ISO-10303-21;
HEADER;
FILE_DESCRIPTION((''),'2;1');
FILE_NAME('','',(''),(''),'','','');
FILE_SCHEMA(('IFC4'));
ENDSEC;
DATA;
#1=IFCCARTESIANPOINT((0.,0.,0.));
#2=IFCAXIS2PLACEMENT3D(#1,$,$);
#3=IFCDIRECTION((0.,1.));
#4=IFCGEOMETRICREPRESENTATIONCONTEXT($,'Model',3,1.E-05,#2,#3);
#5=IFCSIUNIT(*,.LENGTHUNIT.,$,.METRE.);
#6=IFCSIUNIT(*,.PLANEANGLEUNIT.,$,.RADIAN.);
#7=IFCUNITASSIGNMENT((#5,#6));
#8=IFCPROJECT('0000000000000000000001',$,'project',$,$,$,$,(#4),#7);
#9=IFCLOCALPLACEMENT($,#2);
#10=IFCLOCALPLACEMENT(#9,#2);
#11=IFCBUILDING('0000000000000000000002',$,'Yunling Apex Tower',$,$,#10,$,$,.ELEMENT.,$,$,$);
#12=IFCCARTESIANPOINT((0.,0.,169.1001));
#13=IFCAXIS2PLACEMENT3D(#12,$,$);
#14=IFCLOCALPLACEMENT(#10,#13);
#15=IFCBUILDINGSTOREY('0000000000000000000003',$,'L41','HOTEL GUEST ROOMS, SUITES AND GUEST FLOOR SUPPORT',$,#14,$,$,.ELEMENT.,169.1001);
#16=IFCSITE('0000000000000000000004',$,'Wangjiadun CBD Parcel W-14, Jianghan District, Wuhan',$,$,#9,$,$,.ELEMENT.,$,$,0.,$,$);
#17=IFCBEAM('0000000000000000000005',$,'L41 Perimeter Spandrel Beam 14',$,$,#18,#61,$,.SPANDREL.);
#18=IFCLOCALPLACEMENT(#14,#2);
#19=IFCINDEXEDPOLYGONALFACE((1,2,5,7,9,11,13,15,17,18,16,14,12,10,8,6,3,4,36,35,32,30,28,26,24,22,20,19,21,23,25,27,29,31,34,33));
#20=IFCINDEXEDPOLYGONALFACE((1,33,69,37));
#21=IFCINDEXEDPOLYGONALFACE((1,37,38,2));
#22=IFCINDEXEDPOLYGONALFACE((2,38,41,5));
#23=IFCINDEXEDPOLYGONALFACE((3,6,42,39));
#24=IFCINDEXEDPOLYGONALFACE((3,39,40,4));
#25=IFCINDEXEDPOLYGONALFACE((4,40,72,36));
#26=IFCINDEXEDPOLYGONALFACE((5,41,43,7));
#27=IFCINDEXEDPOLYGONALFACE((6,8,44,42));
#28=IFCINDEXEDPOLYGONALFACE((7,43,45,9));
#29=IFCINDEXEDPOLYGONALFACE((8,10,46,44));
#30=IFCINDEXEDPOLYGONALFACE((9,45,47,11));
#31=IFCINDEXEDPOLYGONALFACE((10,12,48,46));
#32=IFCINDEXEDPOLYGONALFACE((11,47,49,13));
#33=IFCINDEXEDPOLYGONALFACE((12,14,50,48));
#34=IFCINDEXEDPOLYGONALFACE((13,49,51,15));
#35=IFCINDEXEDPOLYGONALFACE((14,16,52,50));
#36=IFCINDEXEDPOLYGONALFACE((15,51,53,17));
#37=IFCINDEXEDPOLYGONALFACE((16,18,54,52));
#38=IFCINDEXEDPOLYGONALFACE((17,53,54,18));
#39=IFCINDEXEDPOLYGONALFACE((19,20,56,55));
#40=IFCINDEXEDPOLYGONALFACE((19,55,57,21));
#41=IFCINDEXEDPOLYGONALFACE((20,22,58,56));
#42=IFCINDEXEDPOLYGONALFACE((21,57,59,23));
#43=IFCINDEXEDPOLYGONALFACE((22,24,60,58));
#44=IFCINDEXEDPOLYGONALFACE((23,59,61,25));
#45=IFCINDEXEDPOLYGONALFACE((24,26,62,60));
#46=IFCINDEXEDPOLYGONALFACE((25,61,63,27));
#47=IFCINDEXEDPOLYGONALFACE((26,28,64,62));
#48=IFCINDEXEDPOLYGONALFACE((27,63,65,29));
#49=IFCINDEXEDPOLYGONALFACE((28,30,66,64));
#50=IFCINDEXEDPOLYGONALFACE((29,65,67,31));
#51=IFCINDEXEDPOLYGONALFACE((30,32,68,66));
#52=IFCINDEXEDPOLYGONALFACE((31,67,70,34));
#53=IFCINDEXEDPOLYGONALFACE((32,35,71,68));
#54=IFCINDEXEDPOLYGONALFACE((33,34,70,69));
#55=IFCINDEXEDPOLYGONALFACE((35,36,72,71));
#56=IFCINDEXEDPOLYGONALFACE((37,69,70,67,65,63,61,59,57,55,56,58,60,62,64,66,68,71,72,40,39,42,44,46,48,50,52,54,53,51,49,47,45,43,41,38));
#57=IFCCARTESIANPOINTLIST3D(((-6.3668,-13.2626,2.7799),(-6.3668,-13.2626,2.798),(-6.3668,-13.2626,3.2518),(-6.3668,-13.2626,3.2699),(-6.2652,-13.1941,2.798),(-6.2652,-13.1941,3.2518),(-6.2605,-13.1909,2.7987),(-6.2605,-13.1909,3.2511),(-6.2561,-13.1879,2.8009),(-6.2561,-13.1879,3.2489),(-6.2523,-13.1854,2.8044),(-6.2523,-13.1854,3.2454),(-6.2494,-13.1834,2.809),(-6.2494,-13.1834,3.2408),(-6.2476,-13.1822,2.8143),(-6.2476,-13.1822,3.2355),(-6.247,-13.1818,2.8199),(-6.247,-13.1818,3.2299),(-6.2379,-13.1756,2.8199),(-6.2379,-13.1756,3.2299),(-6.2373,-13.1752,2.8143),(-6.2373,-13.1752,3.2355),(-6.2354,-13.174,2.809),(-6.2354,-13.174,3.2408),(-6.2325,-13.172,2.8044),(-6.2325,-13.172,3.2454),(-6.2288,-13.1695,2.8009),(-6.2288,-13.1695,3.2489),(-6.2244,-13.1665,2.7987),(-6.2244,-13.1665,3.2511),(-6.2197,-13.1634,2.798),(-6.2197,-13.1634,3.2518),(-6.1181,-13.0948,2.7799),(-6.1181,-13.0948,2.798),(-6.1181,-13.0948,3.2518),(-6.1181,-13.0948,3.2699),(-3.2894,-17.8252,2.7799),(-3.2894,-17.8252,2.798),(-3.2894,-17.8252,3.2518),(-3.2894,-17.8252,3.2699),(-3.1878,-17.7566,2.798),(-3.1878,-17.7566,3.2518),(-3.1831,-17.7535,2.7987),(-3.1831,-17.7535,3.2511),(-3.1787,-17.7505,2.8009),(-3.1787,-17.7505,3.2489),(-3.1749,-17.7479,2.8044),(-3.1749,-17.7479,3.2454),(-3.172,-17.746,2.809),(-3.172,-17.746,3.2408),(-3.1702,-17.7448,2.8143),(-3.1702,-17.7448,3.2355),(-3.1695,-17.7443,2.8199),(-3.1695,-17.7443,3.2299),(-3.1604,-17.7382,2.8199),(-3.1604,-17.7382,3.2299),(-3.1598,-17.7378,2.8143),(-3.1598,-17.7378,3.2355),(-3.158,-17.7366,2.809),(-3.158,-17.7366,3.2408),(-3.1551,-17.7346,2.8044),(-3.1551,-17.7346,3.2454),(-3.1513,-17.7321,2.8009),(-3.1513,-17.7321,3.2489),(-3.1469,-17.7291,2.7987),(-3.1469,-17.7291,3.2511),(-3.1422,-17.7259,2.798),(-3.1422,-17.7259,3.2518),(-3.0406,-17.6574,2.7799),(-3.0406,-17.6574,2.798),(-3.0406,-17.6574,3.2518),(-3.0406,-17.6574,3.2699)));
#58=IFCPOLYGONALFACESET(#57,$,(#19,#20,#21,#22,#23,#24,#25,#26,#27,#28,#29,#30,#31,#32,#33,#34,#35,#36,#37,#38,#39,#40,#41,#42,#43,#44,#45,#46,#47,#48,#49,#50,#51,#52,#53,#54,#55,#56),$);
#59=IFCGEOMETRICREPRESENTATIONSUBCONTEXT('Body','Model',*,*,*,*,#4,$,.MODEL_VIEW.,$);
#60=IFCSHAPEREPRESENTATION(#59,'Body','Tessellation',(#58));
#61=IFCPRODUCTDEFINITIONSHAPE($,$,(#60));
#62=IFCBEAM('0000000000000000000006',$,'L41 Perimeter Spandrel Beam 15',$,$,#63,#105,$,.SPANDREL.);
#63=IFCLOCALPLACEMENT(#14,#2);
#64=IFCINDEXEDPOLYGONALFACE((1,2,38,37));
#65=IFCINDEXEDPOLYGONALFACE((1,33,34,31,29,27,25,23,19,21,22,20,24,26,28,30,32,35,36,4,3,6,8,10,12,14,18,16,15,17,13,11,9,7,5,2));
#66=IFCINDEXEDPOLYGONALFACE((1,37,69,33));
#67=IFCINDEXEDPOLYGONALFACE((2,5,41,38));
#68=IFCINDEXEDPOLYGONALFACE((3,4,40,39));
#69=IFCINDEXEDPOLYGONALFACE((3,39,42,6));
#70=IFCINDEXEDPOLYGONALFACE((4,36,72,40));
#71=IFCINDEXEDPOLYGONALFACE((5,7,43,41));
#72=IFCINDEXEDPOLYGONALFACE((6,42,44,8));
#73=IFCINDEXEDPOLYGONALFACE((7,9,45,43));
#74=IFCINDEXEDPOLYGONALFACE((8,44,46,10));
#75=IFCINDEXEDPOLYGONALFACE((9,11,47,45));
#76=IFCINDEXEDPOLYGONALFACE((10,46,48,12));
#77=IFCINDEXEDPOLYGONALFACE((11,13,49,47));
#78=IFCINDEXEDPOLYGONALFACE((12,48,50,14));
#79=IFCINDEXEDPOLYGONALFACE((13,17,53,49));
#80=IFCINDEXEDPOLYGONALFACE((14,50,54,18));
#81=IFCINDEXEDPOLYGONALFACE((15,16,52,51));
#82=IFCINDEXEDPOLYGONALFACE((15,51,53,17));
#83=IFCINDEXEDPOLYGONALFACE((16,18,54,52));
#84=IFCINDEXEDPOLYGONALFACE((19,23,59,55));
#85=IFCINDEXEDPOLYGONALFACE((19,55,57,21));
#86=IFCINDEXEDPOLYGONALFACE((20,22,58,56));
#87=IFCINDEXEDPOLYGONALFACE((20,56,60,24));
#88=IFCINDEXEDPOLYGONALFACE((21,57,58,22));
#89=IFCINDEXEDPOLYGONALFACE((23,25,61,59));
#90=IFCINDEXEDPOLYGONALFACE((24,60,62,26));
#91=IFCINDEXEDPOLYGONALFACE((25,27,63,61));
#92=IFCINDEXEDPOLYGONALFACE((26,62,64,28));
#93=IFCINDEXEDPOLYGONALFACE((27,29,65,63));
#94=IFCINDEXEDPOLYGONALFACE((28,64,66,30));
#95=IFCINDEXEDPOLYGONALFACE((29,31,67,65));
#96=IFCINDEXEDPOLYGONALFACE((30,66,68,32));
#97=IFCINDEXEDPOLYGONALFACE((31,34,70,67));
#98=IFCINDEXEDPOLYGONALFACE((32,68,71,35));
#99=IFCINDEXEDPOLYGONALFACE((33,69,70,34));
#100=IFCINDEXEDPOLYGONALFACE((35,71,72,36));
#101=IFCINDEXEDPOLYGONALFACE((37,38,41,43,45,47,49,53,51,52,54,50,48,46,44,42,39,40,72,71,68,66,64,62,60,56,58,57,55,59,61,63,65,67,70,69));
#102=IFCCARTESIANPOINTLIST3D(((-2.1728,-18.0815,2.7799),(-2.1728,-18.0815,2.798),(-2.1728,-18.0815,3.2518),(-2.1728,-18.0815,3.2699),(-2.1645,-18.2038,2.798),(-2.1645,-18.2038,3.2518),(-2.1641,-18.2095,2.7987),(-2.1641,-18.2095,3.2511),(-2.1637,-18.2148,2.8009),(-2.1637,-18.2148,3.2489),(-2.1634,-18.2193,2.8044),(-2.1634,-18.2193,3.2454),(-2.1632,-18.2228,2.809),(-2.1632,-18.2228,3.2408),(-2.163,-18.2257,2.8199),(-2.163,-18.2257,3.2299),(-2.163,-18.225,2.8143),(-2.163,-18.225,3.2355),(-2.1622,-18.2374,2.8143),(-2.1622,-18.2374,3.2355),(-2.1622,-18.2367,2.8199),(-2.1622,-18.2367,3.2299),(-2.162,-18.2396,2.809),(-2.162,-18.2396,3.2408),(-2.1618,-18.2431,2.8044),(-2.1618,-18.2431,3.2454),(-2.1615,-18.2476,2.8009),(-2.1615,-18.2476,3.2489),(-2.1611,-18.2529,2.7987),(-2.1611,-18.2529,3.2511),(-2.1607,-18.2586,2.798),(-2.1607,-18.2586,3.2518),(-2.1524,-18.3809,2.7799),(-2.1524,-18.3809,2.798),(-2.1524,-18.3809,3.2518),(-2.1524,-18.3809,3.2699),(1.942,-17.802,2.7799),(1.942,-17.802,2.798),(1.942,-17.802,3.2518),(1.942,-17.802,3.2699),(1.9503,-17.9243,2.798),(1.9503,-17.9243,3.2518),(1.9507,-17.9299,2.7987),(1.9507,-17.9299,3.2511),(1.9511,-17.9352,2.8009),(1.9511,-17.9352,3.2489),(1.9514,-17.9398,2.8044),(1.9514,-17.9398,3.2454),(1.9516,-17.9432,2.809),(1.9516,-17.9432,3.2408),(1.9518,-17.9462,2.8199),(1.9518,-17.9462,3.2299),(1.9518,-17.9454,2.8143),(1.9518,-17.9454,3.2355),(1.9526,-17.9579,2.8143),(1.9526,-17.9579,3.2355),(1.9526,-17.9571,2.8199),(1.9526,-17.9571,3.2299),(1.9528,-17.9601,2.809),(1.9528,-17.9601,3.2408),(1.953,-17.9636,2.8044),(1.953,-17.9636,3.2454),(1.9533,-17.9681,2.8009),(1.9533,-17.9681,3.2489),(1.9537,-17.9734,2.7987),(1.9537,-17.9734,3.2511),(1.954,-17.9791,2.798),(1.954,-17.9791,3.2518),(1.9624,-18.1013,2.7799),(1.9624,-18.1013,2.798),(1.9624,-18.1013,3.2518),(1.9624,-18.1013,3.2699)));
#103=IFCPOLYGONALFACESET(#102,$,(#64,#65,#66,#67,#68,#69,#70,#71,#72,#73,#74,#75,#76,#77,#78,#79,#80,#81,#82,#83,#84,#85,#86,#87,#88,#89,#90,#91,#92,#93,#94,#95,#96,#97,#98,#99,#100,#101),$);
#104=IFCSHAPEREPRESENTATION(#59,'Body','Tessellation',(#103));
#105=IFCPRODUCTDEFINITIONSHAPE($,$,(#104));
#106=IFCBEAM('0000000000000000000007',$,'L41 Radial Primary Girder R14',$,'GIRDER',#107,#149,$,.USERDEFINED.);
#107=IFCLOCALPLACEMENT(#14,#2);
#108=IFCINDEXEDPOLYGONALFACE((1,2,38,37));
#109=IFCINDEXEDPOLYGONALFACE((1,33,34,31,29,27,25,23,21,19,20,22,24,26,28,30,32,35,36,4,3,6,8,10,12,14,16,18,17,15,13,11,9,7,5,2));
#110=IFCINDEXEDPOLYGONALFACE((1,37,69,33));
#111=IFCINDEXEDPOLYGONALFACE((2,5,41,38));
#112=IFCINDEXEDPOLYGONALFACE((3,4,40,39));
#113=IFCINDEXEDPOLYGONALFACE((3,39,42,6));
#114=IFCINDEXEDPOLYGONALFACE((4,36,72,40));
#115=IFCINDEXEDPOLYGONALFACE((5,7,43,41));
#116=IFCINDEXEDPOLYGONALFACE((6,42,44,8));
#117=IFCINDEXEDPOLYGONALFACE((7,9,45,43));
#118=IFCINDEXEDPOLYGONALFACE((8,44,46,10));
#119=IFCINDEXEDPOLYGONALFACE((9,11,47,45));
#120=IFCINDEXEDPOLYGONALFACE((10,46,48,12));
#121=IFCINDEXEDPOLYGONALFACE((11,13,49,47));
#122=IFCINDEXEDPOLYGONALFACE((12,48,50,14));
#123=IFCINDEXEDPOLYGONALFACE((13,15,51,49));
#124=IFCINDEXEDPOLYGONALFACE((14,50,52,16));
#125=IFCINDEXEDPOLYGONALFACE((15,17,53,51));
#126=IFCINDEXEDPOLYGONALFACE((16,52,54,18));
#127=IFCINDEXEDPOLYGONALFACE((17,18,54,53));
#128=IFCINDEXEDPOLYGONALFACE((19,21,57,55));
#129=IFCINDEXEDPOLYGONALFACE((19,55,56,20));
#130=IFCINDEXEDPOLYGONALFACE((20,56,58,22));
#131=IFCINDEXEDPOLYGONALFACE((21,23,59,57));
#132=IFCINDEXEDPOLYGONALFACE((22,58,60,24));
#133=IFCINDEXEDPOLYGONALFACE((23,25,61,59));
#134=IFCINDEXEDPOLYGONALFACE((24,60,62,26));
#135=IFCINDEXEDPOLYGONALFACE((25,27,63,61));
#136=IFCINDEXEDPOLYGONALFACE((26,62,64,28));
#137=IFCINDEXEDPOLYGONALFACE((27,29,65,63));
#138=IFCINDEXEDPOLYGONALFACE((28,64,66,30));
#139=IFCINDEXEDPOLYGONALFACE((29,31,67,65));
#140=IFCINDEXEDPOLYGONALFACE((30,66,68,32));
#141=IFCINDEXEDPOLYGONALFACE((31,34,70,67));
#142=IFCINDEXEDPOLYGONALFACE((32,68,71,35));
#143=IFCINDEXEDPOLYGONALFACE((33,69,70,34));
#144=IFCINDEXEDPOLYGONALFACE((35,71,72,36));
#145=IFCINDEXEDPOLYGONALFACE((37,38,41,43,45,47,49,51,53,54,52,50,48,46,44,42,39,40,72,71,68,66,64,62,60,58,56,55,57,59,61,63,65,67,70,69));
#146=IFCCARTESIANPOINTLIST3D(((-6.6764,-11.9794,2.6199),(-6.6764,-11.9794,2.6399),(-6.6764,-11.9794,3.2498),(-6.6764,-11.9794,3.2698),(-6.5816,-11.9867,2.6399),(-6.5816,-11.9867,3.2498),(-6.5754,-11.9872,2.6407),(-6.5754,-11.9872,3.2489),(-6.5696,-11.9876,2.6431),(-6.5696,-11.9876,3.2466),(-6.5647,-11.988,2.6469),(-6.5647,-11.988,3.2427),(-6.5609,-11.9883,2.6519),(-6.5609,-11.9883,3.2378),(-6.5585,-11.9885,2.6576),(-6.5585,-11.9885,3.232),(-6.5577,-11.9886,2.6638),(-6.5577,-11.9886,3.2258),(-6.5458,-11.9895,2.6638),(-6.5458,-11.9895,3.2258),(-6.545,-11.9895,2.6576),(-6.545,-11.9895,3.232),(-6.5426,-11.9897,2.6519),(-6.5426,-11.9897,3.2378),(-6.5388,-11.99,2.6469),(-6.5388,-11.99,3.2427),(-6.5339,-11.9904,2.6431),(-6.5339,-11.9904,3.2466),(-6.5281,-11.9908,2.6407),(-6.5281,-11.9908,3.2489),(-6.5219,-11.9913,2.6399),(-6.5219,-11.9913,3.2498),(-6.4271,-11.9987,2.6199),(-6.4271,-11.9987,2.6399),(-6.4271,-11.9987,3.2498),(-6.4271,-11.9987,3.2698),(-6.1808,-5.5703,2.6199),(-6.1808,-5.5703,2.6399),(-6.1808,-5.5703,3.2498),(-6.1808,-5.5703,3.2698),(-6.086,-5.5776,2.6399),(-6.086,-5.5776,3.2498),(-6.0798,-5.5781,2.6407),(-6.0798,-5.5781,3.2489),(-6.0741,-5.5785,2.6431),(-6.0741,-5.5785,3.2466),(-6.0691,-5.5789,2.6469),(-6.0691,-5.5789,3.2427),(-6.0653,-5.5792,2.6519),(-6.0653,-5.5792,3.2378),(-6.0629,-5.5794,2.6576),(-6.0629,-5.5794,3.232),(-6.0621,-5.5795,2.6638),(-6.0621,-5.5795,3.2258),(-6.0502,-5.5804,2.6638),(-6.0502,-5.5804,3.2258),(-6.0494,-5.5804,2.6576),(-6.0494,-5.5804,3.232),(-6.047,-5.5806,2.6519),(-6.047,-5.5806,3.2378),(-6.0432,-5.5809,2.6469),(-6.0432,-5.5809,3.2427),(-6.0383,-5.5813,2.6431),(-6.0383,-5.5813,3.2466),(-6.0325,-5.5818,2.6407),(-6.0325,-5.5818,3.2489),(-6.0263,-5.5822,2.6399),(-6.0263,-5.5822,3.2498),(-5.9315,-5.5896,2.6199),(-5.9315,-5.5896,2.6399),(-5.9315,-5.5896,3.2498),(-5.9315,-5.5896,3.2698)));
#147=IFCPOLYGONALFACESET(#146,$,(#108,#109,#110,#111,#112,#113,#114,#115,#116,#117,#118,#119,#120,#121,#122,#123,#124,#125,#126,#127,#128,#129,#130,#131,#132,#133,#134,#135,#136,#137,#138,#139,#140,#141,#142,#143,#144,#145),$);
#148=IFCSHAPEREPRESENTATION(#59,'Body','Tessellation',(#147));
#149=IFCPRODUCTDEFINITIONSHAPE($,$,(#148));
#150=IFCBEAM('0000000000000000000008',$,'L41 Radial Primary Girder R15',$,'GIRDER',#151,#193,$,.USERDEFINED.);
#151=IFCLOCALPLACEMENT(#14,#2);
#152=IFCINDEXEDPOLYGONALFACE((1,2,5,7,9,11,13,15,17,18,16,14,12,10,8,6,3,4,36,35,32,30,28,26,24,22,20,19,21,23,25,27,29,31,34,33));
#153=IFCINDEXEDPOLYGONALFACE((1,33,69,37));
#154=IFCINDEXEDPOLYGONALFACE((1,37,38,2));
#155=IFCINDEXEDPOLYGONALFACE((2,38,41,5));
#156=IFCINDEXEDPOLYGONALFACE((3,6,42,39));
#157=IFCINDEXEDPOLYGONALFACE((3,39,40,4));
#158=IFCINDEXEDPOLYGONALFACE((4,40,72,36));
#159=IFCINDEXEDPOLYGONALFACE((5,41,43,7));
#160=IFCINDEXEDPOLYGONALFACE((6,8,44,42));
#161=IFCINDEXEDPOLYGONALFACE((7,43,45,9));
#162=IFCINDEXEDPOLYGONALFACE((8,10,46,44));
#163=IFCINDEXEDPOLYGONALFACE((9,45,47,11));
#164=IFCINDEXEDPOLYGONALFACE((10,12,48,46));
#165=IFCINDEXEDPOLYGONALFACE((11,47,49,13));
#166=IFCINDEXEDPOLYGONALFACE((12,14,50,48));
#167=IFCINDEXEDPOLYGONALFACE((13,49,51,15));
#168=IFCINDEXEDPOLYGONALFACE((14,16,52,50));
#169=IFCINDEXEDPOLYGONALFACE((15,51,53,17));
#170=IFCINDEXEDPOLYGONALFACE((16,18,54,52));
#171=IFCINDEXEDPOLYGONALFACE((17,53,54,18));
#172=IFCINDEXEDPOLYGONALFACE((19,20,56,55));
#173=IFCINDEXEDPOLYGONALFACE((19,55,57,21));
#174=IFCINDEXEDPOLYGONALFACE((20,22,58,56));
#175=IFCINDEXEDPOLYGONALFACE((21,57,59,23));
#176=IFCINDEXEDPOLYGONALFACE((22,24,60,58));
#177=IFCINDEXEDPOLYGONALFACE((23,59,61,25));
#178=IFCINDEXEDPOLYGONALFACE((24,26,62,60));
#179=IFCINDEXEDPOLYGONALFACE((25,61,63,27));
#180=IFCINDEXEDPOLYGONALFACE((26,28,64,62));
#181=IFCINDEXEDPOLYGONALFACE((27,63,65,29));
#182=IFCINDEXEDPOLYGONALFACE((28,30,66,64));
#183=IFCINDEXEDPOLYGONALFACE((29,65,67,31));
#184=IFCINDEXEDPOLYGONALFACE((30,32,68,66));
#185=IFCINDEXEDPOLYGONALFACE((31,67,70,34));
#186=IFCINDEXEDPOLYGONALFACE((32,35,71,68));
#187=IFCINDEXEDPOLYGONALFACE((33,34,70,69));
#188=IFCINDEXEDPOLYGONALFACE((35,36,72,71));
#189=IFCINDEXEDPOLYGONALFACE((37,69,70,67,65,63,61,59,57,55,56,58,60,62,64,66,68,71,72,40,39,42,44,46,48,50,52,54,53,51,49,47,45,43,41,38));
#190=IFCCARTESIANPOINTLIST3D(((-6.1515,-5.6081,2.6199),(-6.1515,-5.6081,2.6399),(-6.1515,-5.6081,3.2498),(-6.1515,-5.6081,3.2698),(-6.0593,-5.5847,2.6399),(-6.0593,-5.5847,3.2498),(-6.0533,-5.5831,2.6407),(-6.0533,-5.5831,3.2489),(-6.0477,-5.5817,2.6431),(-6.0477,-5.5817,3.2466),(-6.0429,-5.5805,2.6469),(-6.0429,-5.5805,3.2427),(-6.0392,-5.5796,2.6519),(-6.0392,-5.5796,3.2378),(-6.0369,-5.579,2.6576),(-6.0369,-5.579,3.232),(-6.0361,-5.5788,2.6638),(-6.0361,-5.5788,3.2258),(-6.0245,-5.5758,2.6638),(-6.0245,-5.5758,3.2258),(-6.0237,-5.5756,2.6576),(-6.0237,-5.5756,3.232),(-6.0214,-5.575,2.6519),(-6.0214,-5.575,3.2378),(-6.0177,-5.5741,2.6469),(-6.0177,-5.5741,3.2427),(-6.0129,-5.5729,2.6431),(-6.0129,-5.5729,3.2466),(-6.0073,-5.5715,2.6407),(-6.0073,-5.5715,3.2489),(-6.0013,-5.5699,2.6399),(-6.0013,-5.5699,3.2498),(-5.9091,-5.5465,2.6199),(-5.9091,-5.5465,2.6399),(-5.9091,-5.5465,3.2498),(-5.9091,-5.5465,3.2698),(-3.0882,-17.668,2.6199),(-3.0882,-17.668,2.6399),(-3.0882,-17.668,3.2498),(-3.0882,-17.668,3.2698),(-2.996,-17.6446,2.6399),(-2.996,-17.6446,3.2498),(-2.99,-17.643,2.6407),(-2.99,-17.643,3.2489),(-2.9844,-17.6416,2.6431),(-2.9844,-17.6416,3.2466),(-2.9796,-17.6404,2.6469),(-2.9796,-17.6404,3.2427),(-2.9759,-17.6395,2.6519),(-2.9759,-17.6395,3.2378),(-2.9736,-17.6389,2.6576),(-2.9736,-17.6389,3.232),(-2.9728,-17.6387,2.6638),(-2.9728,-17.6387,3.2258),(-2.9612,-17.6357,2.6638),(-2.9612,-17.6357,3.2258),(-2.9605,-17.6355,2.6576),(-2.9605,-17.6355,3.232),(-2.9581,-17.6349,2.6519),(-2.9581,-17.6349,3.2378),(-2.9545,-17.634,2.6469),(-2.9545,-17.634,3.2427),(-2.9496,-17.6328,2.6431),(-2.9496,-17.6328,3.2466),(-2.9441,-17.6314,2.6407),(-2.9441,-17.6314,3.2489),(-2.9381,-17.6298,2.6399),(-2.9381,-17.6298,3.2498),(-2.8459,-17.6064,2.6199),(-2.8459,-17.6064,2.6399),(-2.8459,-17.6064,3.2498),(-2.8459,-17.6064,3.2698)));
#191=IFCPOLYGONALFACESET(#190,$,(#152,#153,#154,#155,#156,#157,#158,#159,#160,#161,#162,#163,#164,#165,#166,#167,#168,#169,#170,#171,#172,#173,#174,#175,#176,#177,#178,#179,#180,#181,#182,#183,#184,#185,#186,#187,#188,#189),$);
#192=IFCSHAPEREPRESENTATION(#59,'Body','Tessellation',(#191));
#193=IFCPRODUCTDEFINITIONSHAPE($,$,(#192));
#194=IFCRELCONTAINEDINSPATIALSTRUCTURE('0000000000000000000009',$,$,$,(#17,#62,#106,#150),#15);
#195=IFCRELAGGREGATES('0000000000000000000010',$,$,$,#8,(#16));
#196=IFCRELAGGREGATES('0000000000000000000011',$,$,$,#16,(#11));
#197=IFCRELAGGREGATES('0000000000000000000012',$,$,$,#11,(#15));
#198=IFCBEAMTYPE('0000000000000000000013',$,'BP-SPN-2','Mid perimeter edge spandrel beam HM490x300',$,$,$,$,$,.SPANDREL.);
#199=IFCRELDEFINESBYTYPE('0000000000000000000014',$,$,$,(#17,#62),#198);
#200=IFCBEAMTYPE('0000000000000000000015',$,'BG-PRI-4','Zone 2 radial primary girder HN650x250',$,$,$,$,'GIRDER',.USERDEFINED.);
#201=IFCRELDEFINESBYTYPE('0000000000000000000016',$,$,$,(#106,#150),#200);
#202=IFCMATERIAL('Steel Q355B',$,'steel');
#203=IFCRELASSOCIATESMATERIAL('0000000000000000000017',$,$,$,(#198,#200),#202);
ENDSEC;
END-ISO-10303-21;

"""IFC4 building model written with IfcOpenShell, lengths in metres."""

from ifc_helpers import new_model, si_unit, direction, frame, origin, origin_2d, place, context, subcontext, project, spatial, i_section, extrude, source, transform, mapped, material, material_profile, profile_set, type_object, element, save


model = new_model("IFC4")

# Units and contexts
model_context = context("Model", 3, precision=1e-05, world=origin(), true_north=direction((0.0, 1.0)))
body_context = subcontext(model_context, "Body", "Model", "MODEL_VIEW")
ifc_project = project(units=[si_unit("LENGTHUNIT", "METRE"), si_unit("PLANEANGLEUNIT", "RADIAN")], contexts=[model_context])

# Site, building, storey
site_placement = place(None, origin())
site = spatial("IfcSite", under=ifc_project, at=site_placement, Name="Wangjiadun CBD Parcel W-14, Jianghan District, Wuhan", CompositionType="ELEMENT", RefElevation=0.0)
building_placement = place(site_placement, origin())
building = spatial("IfcBuilding", under=site, at=building_placement, Name="Yunling Apex Tower", CompositionType="ELEMENT")
storey_placement = place(building_placement, frame((0.0, 0.0, 169.1001)))
storey = spatial("IfcBuildingStorey", under=building, at=storey_placement, Name="L41", Description="HOTEL GUEST ROOMS, SUITES AND GUEST FLOOR SUPPORT", CompositionType="ELEMENT", Elevation=169.1001)

# Beams
ifc_material_1 = material(Name="Steel Q355B", Category="steel")
ifc_material_profile_1 = material_profile(ifc_material_1, i_section(OverallWidth=0.3, OverallDepth=0.49, WebThickness=0.011, FlangeThickness=0.0181, FilletRadius=0.022, at=origin_2d()))
ifc_profile_set_1 = profile_set([ifc_material_profile_1], Name="Steel Q355B")
beam_type_1 = type_object("IfcBeamType", Name="BP-SPN-2", Description="Mid perimeter edge spandrel beam HM490x300", PredefinedType="SPANDREL", material=ifc_profile_set_1)
shared_shape_1 = source(origin(), body_context, "Body", "SweptSolid", [
    extrude(i_section(OverallWidth=0.3, OverallDepth=0.49, WebThickness=0.011, FlangeThickness=0.0181, FilletRadius=0.022, at=origin_2d()), origin(), (0.0, 0.0, 1.0), 5.5034),
])
beam_1_placement = place(storey_placement, frame((-6.2424, -13.1787, 3.0249), z_axis=(0.559186, -0.829042, 0.0), x_axis=(0.829042, 0.559186, 0.0)))
element("IfcBeam", 1, at=beam_1_placement, inside=storey, type_object=beam_type_1, Name="L41 Perimeter Spandrel Beam 14", PredefinedType="SPANDREL", context=body_context, shape_type="MappedRepresentation", body=[
    mapped(shared_shape_1, transform((0.0, 0.0, 0.0), scale=1.0)),
])
shared_shape_2 = source(origin(), body_context, "Body", "SweptSolid", [
    extrude(i_section(OverallWidth=0.3, OverallDepth=0.49, WebThickness=0.011, FlangeThickness=0.0181, FilletRadius=0.022, at=origin_2d()), origin(), (0.0, 0.0, 1.0), 4.1243),
])
beam_2_placement = place(storey_placement, frame((-2.1626, -18.2312, 3.0249), z_axis=(0.9977, 0.06778, 0.0), x_axis=(-0.06778, 0.9977, 0.0)))
element("IfcBeam", 2, at=beam_2_placement, inside=storey, type_object=beam_type_1, Name="L41 Perimeter Spandrel Beam 15", PredefinedType="SPANDREL", context=body_context, shape_type="MappedRepresentation", body=[
    mapped(shared_shape_2, transform((0.0, 0.0, 0.0), scale=1.0)),
])
ifc_material_profile_2 = material_profile(ifc_material_1, i_section(OverallWidth=0.25, OverallDepth=0.6499, WebThickness=0.012, FlangeThickness=0.02, FilletRadius=0.0239, at=origin_2d()))
ifc_profile_set_2 = profile_set([ifc_material_profile_2], Name="Steel Q355B")
beam_type_2 = type_object("IfcBeamType", Name="BG-PRI-4", Description="Zone 2 radial primary girder HN650x250", ElementType="GIRDER", PredefinedType="USERDEFINED", material=ifc_profile_set_2)
shared_shape_3 = source(origin(), body_context, "Body", "SweptSolid", [
    extrude(i_section(OverallWidth=0.25, OverallDepth=0.6499, WebThickness=0.012, FlangeThickness=0.02, FilletRadius=0.0239, at=origin_2d()), origin(), (0.0, 0.0, 1.0), 6.4282),
])
beam_3_placement = place(storey_placement, frame((-6.5518, -11.989, 2.9448), z_axis=(0.077097, 0.997024, 0.0), x_axis=(-0.997024, 0.077097, 0.0)))
element("IfcBeam", 3, at=beam_3_placement, inside=storey, type_object=beam_type_2, Name="L41 Radial Primary Girder R14", ObjectType="GIRDER", PredefinedType="USERDEFINED", context=body_context, shape_type="MappedRepresentation", body=[
    mapped(shared_shape_3, transform((0.0, 0.0, 0.0), scale=1.0)),
])
shared_shape_4 = source(origin(), body_context, "Body", "SweptSolid", [
    extrude(i_section(OverallWidth=0.25, OverallDepth=0.6499, WebThickness=0.012, FlangeThickness=0.02, FilletRadius=0.0239, at=origin_2d()), origin(), (0.0, 0.0, 1.0), 12.4429),
])
beam_4_placement = place(storey_placement, frame((-2.967, -17.6372, 2.9448), z_axis=(-0.246186, 0.969223, 0.0), x_axis=(-0.969223, -0.246186, 0.0)))
element("IfcBeam", 4, at=beam_4_placement, inside=storey, type_object=beam_type_2, Name="L41 Radial Primary Girder R15", ObjectType="GIRDER", PredefinedType="USERDEFINED", context=body_context, shape_type="MappedRepresentation", body=[
    mapped(shared_shape_4, transform((0.0, 0.0, 0.0), scale=1.0)),
])

save(model, "model.ifc")
